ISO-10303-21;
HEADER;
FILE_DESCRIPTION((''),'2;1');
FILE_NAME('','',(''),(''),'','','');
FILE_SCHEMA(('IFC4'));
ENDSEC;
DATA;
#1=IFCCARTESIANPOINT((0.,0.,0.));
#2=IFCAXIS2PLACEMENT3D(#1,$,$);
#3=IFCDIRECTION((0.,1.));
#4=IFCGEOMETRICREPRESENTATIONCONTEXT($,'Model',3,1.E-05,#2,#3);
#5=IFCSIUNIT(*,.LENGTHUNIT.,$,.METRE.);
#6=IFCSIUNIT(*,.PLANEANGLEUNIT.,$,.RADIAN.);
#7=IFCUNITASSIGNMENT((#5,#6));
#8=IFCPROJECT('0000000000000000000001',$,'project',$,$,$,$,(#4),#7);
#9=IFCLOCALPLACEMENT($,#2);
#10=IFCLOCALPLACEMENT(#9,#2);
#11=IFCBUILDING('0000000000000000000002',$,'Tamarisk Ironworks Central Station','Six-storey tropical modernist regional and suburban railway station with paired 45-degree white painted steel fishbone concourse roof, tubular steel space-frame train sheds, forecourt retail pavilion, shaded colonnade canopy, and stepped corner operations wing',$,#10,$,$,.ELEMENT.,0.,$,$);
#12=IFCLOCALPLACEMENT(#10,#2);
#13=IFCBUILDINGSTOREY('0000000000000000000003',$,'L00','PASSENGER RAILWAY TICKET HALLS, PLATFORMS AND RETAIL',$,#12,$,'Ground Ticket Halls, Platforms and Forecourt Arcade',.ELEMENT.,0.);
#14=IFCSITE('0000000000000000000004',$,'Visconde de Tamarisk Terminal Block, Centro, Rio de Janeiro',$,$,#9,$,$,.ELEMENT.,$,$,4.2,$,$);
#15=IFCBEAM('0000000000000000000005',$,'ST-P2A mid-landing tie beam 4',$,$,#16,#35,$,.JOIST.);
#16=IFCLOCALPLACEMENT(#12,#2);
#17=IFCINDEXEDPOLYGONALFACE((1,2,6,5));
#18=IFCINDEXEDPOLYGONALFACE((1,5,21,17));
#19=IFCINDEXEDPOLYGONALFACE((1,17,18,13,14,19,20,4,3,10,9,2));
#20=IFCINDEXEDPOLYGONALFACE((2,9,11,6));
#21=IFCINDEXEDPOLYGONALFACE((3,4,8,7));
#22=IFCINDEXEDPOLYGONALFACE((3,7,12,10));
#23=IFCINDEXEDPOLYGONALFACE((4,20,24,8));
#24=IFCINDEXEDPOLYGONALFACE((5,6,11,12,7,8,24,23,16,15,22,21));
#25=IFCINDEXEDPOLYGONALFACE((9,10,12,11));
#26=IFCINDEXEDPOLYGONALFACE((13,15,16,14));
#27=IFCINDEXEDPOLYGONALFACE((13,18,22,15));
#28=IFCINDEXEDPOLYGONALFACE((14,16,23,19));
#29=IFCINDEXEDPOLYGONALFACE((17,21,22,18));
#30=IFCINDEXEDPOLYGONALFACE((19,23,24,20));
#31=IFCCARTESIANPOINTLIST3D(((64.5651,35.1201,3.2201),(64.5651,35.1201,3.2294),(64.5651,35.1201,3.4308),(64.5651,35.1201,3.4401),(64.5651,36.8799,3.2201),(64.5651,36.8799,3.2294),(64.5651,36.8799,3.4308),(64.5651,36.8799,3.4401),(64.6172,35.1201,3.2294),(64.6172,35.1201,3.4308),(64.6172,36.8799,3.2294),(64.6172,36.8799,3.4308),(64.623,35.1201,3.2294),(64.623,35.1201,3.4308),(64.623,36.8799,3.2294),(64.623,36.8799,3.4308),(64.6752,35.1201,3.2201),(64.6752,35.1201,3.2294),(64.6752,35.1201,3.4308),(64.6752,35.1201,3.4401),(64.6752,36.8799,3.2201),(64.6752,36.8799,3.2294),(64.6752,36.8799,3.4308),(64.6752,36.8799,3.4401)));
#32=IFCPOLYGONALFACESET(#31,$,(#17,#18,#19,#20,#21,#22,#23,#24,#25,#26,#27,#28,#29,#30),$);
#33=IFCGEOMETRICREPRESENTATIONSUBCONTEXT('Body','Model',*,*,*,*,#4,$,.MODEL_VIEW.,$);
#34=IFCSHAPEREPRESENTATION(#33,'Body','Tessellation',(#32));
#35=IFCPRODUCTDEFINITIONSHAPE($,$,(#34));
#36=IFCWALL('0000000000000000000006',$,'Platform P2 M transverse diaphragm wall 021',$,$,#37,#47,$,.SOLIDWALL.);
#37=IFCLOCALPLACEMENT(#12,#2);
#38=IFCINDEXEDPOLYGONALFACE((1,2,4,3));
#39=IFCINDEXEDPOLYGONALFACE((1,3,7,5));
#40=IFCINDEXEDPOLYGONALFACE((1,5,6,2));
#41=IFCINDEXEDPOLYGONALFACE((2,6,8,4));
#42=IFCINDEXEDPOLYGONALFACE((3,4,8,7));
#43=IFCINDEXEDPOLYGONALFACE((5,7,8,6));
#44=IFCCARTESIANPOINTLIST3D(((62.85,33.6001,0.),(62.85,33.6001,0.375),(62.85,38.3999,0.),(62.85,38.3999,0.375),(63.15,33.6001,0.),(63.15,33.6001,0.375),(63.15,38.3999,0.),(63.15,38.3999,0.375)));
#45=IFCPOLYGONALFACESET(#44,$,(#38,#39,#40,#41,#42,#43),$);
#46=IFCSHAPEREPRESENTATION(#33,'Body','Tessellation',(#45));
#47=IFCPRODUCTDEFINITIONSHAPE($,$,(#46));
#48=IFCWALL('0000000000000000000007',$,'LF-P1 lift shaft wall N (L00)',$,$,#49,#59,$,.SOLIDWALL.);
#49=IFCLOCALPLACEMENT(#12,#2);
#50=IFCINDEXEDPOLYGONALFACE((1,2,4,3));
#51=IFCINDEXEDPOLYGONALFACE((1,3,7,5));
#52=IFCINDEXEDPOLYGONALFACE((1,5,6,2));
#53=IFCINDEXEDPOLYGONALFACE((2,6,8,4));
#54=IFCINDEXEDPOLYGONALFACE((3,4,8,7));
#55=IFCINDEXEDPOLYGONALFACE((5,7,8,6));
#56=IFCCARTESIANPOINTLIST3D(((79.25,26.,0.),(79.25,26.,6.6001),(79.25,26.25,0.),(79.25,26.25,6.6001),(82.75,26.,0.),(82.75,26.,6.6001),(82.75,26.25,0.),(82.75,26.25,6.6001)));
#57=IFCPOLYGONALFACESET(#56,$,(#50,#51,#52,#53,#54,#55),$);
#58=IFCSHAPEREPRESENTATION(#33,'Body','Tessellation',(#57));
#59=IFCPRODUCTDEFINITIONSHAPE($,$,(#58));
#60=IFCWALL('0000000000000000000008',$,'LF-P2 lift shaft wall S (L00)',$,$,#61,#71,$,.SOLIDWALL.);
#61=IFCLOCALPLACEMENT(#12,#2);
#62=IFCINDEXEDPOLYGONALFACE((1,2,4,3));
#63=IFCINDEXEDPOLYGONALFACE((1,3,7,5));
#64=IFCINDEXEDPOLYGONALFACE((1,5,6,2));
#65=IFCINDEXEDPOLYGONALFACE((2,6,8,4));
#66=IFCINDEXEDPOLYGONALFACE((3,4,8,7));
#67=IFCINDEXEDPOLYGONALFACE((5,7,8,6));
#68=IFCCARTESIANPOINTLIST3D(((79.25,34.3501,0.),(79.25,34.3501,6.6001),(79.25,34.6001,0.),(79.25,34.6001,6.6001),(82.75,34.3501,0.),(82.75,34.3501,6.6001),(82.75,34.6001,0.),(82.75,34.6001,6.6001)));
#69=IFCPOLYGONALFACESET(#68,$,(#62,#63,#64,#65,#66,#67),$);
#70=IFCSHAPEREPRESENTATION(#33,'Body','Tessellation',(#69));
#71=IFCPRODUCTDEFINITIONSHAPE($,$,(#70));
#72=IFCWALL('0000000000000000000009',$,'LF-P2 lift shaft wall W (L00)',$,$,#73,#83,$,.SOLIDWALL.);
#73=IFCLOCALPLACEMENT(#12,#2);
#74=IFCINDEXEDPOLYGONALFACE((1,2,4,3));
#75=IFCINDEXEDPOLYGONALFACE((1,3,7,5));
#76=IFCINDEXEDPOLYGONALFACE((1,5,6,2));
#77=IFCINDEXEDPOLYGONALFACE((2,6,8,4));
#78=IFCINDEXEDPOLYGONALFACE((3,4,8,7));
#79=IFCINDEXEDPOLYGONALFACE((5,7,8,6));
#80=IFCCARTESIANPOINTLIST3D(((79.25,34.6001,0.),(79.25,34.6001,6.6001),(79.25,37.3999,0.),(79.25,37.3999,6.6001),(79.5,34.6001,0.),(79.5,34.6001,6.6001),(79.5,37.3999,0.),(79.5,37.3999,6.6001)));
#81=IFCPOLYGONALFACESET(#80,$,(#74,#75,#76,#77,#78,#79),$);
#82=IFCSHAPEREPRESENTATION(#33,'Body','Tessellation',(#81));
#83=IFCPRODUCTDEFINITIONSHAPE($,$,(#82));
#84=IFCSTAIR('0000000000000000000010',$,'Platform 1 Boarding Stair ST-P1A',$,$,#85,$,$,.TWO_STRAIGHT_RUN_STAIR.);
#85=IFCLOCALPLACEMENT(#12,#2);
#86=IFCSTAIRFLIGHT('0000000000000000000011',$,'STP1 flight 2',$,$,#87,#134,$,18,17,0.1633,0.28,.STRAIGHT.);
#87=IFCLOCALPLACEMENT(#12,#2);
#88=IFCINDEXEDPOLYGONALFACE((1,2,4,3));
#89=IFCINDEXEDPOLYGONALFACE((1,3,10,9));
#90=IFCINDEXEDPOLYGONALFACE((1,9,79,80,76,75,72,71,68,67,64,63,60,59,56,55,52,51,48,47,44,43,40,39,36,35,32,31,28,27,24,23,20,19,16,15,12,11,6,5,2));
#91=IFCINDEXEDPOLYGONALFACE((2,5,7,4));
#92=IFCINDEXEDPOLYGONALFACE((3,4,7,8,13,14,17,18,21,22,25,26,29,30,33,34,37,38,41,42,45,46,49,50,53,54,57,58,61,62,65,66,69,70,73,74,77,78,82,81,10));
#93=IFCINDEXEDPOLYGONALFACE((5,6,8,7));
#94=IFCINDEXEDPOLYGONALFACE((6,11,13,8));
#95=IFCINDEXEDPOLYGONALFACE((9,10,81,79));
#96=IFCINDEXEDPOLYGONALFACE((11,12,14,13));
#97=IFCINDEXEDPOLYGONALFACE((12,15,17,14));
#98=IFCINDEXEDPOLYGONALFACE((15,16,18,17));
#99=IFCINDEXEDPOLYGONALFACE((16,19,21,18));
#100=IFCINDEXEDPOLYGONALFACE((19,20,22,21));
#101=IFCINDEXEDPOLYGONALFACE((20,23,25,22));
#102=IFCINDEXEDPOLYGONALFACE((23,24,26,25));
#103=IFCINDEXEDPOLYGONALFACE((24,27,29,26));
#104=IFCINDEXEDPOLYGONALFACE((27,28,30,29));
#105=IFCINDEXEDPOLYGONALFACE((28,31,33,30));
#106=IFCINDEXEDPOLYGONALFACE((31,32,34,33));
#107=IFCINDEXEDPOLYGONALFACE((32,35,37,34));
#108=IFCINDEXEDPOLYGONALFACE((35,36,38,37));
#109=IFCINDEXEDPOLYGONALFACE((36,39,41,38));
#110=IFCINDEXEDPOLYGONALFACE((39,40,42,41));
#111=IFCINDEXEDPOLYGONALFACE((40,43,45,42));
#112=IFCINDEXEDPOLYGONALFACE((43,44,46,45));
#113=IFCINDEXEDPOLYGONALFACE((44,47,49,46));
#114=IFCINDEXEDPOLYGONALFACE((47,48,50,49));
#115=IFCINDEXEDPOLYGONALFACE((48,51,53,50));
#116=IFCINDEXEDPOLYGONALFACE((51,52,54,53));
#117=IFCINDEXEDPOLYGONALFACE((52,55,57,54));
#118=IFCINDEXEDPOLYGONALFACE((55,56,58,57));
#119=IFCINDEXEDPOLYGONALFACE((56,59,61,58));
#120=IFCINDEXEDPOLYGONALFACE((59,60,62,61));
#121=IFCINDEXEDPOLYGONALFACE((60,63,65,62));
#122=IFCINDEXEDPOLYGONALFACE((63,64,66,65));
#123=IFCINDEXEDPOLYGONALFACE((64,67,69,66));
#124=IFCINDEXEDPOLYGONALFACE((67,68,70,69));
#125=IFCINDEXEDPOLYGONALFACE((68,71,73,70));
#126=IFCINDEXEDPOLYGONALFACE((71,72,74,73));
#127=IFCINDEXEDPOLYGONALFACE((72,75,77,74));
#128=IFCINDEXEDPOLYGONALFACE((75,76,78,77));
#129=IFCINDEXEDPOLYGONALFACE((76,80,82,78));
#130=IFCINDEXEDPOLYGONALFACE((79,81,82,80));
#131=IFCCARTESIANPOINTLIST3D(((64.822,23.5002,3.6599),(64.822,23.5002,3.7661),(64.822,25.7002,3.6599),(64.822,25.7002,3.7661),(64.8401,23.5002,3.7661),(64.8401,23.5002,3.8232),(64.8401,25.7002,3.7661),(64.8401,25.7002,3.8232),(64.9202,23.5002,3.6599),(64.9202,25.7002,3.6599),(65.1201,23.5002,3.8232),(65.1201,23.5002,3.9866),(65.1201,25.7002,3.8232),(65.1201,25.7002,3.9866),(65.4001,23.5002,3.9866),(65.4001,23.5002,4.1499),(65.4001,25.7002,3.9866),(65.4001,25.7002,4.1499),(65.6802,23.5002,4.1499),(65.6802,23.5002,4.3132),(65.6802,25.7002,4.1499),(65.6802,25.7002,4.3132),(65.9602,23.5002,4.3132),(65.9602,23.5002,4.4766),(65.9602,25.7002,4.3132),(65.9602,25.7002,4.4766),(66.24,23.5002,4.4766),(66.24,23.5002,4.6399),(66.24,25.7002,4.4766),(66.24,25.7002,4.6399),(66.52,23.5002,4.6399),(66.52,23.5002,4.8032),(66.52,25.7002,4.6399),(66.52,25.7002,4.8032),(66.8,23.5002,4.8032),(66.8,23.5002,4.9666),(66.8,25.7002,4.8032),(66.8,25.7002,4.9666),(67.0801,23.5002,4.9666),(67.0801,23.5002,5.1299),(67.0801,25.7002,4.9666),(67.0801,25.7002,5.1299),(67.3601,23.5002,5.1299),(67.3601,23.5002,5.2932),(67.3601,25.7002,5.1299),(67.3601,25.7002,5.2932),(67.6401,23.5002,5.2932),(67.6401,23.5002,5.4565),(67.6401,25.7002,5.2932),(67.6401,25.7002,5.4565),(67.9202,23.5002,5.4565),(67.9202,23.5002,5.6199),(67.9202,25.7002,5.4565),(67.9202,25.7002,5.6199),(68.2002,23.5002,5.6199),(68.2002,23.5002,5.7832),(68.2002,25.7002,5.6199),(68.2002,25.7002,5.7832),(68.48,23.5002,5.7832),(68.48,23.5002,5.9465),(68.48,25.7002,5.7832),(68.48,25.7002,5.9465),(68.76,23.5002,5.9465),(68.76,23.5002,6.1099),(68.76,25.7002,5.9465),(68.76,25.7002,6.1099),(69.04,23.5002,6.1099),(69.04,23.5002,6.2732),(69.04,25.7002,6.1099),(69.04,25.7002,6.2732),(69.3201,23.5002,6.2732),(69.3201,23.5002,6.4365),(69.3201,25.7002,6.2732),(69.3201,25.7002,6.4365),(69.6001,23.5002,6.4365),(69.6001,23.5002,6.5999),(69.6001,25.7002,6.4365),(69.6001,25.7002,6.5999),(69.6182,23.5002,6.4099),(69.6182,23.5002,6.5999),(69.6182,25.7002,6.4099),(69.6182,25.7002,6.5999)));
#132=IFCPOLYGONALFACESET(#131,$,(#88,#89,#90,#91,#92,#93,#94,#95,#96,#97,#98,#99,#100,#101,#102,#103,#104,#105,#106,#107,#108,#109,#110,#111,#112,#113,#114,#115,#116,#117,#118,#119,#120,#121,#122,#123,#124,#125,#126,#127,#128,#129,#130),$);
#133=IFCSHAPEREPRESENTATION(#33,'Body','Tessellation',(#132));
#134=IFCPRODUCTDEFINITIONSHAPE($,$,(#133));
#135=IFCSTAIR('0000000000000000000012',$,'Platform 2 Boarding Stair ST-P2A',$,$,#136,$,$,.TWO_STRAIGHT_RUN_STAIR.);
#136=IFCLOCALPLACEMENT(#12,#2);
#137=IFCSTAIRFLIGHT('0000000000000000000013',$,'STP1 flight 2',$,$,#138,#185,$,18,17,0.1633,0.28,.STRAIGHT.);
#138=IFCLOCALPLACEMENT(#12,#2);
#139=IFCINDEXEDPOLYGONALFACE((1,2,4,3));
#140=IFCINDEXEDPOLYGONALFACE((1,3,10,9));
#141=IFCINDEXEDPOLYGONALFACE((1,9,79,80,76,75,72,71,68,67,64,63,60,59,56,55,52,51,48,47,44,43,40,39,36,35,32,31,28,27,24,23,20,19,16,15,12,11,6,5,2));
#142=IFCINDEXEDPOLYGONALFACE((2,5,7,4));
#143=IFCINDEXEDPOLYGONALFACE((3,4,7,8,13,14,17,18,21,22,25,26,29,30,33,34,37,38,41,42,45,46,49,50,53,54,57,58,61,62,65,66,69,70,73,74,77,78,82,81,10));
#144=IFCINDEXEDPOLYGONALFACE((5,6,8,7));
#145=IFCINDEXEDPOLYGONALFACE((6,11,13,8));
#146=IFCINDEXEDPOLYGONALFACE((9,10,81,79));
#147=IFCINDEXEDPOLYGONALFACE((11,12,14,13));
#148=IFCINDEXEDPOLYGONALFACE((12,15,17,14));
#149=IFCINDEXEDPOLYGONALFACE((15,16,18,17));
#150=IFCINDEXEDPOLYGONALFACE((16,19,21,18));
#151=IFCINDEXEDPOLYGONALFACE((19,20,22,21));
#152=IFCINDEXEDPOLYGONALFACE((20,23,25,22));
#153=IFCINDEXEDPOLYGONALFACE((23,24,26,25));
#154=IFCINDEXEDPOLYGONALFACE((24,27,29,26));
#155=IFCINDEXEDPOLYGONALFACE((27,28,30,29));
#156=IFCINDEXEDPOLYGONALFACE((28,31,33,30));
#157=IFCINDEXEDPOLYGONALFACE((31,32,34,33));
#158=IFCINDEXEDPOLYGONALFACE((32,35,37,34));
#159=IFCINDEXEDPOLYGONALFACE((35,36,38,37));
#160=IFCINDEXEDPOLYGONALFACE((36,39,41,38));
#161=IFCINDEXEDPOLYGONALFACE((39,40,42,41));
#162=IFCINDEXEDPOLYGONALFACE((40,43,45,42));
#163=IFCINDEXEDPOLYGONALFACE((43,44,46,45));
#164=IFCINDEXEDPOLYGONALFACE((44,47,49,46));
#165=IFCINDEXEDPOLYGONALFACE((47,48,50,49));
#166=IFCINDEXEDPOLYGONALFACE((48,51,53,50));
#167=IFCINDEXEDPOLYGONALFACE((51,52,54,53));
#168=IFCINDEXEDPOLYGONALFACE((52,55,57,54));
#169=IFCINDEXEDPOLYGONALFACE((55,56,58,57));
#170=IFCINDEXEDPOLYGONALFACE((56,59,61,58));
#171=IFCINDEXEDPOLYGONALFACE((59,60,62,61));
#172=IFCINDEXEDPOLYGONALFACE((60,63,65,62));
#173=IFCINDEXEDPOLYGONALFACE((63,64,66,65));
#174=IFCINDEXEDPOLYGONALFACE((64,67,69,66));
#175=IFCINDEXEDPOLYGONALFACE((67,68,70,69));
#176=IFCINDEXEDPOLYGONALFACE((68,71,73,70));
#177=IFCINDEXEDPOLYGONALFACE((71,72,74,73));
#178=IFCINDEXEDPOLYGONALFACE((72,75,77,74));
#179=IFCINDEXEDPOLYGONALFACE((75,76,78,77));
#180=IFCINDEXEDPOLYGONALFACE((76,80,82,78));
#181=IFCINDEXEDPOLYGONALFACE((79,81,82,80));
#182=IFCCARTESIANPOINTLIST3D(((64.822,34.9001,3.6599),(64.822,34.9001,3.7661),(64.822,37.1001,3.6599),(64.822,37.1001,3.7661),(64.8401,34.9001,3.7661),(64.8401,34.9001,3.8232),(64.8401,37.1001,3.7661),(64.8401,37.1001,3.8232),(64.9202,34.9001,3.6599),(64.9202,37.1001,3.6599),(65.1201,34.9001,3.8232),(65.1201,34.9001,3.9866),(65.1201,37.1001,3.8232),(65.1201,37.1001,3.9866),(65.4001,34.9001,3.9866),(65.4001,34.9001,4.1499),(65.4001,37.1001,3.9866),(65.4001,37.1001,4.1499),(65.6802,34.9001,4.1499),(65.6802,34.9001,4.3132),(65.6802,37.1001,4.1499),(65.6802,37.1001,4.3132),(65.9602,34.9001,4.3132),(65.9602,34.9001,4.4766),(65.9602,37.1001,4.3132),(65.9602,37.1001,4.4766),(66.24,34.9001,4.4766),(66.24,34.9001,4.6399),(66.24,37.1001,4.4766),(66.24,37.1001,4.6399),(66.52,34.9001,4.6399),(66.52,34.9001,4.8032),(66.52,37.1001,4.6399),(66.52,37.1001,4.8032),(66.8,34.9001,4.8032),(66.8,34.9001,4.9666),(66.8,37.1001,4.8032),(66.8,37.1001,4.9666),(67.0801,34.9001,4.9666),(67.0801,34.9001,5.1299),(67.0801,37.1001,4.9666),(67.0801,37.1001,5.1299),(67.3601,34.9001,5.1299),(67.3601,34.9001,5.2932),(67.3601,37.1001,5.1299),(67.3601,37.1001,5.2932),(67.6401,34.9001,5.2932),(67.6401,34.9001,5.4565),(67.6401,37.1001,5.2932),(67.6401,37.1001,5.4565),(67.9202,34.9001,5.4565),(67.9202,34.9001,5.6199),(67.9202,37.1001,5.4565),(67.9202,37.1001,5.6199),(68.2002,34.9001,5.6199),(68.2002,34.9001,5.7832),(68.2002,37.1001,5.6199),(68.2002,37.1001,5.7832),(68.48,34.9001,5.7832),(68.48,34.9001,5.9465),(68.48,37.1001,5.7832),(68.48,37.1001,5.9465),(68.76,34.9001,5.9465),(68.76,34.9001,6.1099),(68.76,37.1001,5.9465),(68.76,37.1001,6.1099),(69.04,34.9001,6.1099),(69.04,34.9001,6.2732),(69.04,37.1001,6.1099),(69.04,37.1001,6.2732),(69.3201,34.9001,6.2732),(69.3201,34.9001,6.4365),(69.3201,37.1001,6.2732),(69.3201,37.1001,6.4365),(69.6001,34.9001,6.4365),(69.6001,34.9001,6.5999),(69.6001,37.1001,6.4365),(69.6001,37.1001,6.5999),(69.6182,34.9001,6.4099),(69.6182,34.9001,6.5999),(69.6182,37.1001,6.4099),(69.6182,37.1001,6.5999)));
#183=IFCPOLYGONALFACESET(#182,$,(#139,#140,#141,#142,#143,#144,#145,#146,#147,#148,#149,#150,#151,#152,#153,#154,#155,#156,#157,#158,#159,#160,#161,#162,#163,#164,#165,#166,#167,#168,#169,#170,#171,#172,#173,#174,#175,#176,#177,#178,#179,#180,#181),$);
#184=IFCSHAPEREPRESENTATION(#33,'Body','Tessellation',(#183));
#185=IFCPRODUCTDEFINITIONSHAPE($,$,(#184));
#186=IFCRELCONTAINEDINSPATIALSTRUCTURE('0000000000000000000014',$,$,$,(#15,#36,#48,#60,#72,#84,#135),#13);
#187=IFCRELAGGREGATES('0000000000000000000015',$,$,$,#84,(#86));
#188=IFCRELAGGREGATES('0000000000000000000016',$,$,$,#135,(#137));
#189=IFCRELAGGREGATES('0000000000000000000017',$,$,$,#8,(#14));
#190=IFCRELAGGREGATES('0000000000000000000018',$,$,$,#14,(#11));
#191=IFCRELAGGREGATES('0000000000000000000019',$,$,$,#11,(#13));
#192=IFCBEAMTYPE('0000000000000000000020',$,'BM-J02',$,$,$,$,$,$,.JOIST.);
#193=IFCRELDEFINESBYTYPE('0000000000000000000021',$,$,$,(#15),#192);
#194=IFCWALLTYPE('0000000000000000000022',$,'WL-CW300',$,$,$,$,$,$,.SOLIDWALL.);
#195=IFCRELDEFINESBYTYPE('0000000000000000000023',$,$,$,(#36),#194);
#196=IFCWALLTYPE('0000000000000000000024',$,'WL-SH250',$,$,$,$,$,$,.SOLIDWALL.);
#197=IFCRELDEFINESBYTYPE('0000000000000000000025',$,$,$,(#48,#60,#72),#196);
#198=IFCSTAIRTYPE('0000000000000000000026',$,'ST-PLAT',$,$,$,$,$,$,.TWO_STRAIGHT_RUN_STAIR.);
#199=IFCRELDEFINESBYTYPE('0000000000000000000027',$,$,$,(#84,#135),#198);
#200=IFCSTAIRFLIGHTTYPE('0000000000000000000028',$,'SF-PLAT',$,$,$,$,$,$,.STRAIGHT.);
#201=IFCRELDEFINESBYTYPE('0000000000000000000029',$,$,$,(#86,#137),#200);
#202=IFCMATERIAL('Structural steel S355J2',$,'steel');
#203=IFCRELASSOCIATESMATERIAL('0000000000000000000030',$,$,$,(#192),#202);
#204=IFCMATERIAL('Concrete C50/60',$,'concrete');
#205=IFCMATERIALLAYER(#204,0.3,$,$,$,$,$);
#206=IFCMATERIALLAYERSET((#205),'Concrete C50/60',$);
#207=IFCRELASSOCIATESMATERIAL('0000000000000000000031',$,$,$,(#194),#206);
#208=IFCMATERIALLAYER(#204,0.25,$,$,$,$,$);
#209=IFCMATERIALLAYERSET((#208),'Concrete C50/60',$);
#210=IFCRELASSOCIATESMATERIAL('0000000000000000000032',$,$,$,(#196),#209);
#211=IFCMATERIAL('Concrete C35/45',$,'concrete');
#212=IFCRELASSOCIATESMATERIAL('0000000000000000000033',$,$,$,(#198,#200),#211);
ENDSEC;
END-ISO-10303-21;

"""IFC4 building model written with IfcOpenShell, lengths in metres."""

from ifc_helpers import new_model, si_unit, direction, frame, frame_2d, origin, origin_2d, place, context, subcontext, project, spatial, polyline, rectangle, i_section, outline, extrude, material, layer, layer_set, material_profile, profile_set, type_object, element, aggregate, save


model = new_model("IFC4")

# Units and contexts
model_context = context("Model", 3, precision=1e-05, world=origin(), true_north=direction((0.0, 1.0)))
body_context = subcontext(model_context, "Body", "Model", "MODEL_VIEW")
ifc_project = project(units=[si_unit("LENGTHUNIT", "METRE"), si_unit("PLANEANGLEUNIT", "RADIAN")], contexts=[model_context])

# Site, building, storey
site_placement = place(None, origin())
site = spatial("IfcSite", under=ifc_project, at=site_placement, Name="Visconde de Tamarisk Terminal Block, Centro, Rio de Janeiro", CompositionType="ELEMENT", RefElevation=4.2)
building_placement = place(site_placement, origin())
building = spatial("IfcBuilding", under=site, at=building_placement, Name="Tamarisk Ironworks Central Station", Description="Six-storey tropical modernist regional and suburban railway station with paired 45-degree white painted steel fishbone concourse roof, tubular steel space-frame train sheds, forecourt retail pavilion, shaded colonnade canopy, and stepped corner operations wing", CompositionType="ELEMENT", ElevationOfRefHeight=0.0)
storey_placement = place(building_placement, origin())
storey = spatial("IfcBuildingStorey", under=building, at=storey_placement, Name="L00", Description="PASSENGER RAILWAY TICKET HALLS, PLATFORMS AND RETAIL", LongName="Ground Ticket Halls, Platforms and Forecourt Arcade", CompositionType="ELEMENT", Elevation=0.0)

# Shared definitions
ifc_material_1 = material(Name="Structural steel S355J2", Category="steel")

# Beam
ifc_material_profile_1 = material_profile(ifc_material_1, i_section(OverallWidth=0.1101, OverallDepth=0.22, WebThickness=0.0059, FlangeThickness=0.0093, at=origin_2d()), Name="IPE 220")
ifc_profile_set_1 = profile_set([ifc_material_profile_1], Name="Structural steel S355J2")
beam_type = type_object("IfcBeamType", Name="BM-J02", PredefinedType="JOIST", material=ifc_profile_set_1)
for number, where, z_axis, x_axis, name in (
    (1, (64.6201, 35.1201, 3.3301), (0.0, 1.0, 0.0), (-1.0, 0.0, 0.0), "ST-P2A mid-landing tie beam 4"),
):
    element("IfcBeam", number, at=place(storey_placement, frame(where, z_axis=z_axis, x_axis=x_axis)), inside=storey, type_object=beam_type, Name=name, PredefinedType="JOIST", context=body_context, shape_type="SweptSolid", body=[
        extrude(i_section(OverallWidth=0.1101, OverallDepth=0.22, WebThickness=0.0059, FlangeThickness=0.0093, at=origin_2d()), origin(), (0.0, 0.0, 1.0), 1.7598),
    ])

# Walls
ifc_material_2 = material(Name="Concrete C50/60", Category="concrete")
ifc_layer_1 = layer(ifc_material_2, 0.3)
ifc_layer_set_1 = layer_set([ifc_layer_1], Name="Concrete C50/60")
wall_type_1 = type_object("IfcWallType", Name="WL-CW300", PredefinedType="SOLIDWALL", material=ifc_layer_set_1)
wall_1_placement = place(storey_placement, frame((63.0, 33.6001, 0.0), z_axis=(0.0, 0.0, 1.0), x_axis=(0.0, 1.0, 0.0)))
element("IfcWall", 2, at=wall_1_placement, inside=storey, type_object=wall_type_1, Name="Platform P2 M transverse diaphragm wall 021", PredefinedType="SOLIDWALL", context=body_context, shape_type="SweptSolid", body=[
    extrude(rectangle(XDim=4.7998, YDim=0.3, at=frame_2d((2.3999, 0.0))), origin(), (0.0, 0.0, 1.0), 0.375),
])
ifc_layer_2 = layer(ifc_material_2, 0.25)
ifc_layer_set_2 = layer_set([ifc_layer_2], Name="Concrete C50/60")
wall_type_2 = type_object("IfcWallType", Name="WL-SH250", PredefinedType="SOLIDWALL", material=ifc_layer_set_2)
for number, where, z_axis, x_axis, name in (
    (3, (79.25, 26.125, 0.0), (0.0, 0.0, 1.0), (1.0, 0.0, 0.0), "LF-P1 lift shaft wall N (L00)"),
    (4, (79.25, 34.4751, 0.0), (0.0, 0.0, 1.0), (1.0, 0.0, 0.0), "LF-P2 lift shaft wall S (L00)"),
):
    element("IfcWall", number, at=place(storey_placement, frame(where, z_axis=z_axis, x_axis=x_axis)), inside=storey, type_object=wall_type_2, Name=name, PredefinedType="SOLIDWALL", context=body_context, shape_type="SweptSolid", body=[
        extrude(rectangle(XDim=3.5, YDim=0.25, at=frame_2d((1.75, 0.0))), origin(), (0.0, 0.0, 1.0), 6.6001),
    ])
wall_2_placement = place(storey_placement, frame((79.375, 34.6001, 0.0), z_axis=(0.0, 0.0, 1.0), x_axis=(0.0, 1.0, 0.0)))
element("IfcWall", 5, at=wall_2_placement, inside=storey, type_object=wall_type_2, Name="LF-P2 lift shaft wall W (L00)", PredefinedType="SOLIDWALL", context=body_context, shape_type="SweptSolid", body=[
    extrude(rectangle(XDim=2.7998, YDim=0.25, at=frame_2d((1.3999, 0.0))), origin(), (0.0, 0.0, 1.0), 6.6001),
])

# Stairs, stair flights
ifc_material_3 = material(Name="Concrete C35/45", Category="concrete")
stair_type = type_object("IfcStairType", Name="ST-PLAT", PredefinedType="TWO_STRAIGHT_RUN_STAIR", material=ifc_material_3)
stair_1_placement = place(storey_placement, origin())
stair_1 = element("IfcStair", 6, at=stair_1_placement, inside=storey, type_object=stair_type, Name="Platform 1 Boarding Stair ST-P1A", PredefinedType="TWO_STRAIGHT_RUN_STAIR")
stair_flight_type = type_object("IfcStairFlightType", Name="SF-PLAT", PredefinedType="STRAIGHT", material=ifc_material_3)
stair_flight_1_placement = place(storey_placement, frame((64.8401, 24.6001, 3.6599), z_axis=(0.0, 0.0, 1.0), x_axis=(1.0, 0.0, 0.0)))
stair_flight_1 = element("IfcStairFlight", 7, at=stair_flight_1_placement, type_object=stair_flight_type, Name="STP1 flight 2", NumberOfRisers=18, NumberOfTreads=17, PredefinedType="STRAIGHT", RiserHeight=0.1633, TreadLength=0.28, context=body_context, shape_type="SweptSolid", body=[
    extrude(outline(polyline([(-0.0181, 0.0), (-0.0181, 0.1062), (0.0, 0.1062), (0.0, 0.1633), (0.28, 0.1633), (0.28, 0.3267), (0.5601, 0.3267), (0.5601, 0.49), (0.8401, 0.49), (0.8401, 0.6533), (1.1201, 0.6533), (1.1201, 0.8167), (1.3999, 0.8167), (1.3999, 0.98), (1.6799, 0.98), (1.6799, 1.1433), (1.96, 1.1433), (1.96, 1.3066), (2.24, 1.3066), (2.24, 1.47), (2.52, 1.47), (2.52, 1.6333), (2.8, 1.6333), (2.8, 1.7966), (3.0801, 1.7966), (3.0801, 1.96), (3.3601, 1.96), (3.3601, 2.1233), (3.6399, 2.1233), (3.6399, 2.2866), (3.9199, 2.2866), (3.9199, 2.45), (4.2, 2.45), (4.2, 2.6133), (4.48, 2.6133), (4.48, 2.7766), (4.76, 2.7766), (4.76, 2.9399), (4.7781, 2.9399), (4.7781, 2.75), (0.0801, 0.0), (-0.0181, 0.0)])), frame((0.0, 1.1001, 0.0), z_axis=(0.0, -1.0, 0.0), x_axis=(1.0, 0.0, 0.0)), (0.0, 0.0, 1.0), 2.2),
])
aggregate(stair_1, [stair_flight_1])
stair_2_placement = place(storey_placement, origin())
stair_2 = element("IfcStair", 8, at=stair_2_placement, inside=storey, type_object=stair_type, Name="Platform 2 Boarding Stair ST-P2A", PredefinedType="TWO_STRAIGHT_RUN_STAIR")
stair_flight_2_placement = place(storey_placement, frame((64.8401, 36.0, 3.6599), z_axis=(0.0, 0.0, 1.0), x_axis=(1.0, 0.0, 0.0)))
stair_flight_2 = element("IfcStairFlight", 9, at=stair_flight_2_placement, type_object=stair_flight_type, Name="STP1 flight 2", NumberOfRisers=18, NumberOfTreads=17, PredefinedType="STRAIGHT", RiserHeight=0.1633, TreadLength=0.28, context=body_context, shape_type="SweptSolid", body=[
    extrude(outline(polyline([(-0.0181, 0.0), (-0.0181, 0.1062), (0.0, 0.1062), (0.0, 0.1633), (0.28, 0.1633), (0.28, 0.3267), (0.5601, 0.3267), (0.5601, 0.49), (0.8401, 0.49), (0.8401, 0.6533), (1.1201, 0.6533), (1.1201, 0.8167), (1.3999, 0.8167), (1.3999, 0.98), (1.6799, 0.98), (1.6799, 1.1433), (1.96, 1.1433), (1.96, 1.3066), (2.24, 1.3066), (2.24, 1.47), (2.52, 1.47), (2.52, 1.6333), (2.8, 1.6333), (2.8, 1.7966), (3.0801, 1.7966), (3.0801, 1.96), (3.3601, 1.96), (3.3601, 2.1233), (3.6399, 2.1233), (3.6399, 2.2866), (3.9199, 2.2866), (3.9199, 2.45), (4.2, 2.45), (4.2, 2.6133), (4.48, 2.6133), (4.48, 2.7766), (4.76, 2.7766), (4.76, 2.9399), (4.7781, 2.9399), (4.7781, 2.75), (0.0801, 0.0), (-0.0181, 0.0)])), frame((0.0, 1.1001, 0.0), z_axis=(0.0, -1.0, 0.0), x_axis=(1.0, 0.0, 0.0)), (0.0, 0.0, 1.0), 2.2),
])
aggregate(stair_2, [stair_flight_2])

save(model, "model.ifc")
